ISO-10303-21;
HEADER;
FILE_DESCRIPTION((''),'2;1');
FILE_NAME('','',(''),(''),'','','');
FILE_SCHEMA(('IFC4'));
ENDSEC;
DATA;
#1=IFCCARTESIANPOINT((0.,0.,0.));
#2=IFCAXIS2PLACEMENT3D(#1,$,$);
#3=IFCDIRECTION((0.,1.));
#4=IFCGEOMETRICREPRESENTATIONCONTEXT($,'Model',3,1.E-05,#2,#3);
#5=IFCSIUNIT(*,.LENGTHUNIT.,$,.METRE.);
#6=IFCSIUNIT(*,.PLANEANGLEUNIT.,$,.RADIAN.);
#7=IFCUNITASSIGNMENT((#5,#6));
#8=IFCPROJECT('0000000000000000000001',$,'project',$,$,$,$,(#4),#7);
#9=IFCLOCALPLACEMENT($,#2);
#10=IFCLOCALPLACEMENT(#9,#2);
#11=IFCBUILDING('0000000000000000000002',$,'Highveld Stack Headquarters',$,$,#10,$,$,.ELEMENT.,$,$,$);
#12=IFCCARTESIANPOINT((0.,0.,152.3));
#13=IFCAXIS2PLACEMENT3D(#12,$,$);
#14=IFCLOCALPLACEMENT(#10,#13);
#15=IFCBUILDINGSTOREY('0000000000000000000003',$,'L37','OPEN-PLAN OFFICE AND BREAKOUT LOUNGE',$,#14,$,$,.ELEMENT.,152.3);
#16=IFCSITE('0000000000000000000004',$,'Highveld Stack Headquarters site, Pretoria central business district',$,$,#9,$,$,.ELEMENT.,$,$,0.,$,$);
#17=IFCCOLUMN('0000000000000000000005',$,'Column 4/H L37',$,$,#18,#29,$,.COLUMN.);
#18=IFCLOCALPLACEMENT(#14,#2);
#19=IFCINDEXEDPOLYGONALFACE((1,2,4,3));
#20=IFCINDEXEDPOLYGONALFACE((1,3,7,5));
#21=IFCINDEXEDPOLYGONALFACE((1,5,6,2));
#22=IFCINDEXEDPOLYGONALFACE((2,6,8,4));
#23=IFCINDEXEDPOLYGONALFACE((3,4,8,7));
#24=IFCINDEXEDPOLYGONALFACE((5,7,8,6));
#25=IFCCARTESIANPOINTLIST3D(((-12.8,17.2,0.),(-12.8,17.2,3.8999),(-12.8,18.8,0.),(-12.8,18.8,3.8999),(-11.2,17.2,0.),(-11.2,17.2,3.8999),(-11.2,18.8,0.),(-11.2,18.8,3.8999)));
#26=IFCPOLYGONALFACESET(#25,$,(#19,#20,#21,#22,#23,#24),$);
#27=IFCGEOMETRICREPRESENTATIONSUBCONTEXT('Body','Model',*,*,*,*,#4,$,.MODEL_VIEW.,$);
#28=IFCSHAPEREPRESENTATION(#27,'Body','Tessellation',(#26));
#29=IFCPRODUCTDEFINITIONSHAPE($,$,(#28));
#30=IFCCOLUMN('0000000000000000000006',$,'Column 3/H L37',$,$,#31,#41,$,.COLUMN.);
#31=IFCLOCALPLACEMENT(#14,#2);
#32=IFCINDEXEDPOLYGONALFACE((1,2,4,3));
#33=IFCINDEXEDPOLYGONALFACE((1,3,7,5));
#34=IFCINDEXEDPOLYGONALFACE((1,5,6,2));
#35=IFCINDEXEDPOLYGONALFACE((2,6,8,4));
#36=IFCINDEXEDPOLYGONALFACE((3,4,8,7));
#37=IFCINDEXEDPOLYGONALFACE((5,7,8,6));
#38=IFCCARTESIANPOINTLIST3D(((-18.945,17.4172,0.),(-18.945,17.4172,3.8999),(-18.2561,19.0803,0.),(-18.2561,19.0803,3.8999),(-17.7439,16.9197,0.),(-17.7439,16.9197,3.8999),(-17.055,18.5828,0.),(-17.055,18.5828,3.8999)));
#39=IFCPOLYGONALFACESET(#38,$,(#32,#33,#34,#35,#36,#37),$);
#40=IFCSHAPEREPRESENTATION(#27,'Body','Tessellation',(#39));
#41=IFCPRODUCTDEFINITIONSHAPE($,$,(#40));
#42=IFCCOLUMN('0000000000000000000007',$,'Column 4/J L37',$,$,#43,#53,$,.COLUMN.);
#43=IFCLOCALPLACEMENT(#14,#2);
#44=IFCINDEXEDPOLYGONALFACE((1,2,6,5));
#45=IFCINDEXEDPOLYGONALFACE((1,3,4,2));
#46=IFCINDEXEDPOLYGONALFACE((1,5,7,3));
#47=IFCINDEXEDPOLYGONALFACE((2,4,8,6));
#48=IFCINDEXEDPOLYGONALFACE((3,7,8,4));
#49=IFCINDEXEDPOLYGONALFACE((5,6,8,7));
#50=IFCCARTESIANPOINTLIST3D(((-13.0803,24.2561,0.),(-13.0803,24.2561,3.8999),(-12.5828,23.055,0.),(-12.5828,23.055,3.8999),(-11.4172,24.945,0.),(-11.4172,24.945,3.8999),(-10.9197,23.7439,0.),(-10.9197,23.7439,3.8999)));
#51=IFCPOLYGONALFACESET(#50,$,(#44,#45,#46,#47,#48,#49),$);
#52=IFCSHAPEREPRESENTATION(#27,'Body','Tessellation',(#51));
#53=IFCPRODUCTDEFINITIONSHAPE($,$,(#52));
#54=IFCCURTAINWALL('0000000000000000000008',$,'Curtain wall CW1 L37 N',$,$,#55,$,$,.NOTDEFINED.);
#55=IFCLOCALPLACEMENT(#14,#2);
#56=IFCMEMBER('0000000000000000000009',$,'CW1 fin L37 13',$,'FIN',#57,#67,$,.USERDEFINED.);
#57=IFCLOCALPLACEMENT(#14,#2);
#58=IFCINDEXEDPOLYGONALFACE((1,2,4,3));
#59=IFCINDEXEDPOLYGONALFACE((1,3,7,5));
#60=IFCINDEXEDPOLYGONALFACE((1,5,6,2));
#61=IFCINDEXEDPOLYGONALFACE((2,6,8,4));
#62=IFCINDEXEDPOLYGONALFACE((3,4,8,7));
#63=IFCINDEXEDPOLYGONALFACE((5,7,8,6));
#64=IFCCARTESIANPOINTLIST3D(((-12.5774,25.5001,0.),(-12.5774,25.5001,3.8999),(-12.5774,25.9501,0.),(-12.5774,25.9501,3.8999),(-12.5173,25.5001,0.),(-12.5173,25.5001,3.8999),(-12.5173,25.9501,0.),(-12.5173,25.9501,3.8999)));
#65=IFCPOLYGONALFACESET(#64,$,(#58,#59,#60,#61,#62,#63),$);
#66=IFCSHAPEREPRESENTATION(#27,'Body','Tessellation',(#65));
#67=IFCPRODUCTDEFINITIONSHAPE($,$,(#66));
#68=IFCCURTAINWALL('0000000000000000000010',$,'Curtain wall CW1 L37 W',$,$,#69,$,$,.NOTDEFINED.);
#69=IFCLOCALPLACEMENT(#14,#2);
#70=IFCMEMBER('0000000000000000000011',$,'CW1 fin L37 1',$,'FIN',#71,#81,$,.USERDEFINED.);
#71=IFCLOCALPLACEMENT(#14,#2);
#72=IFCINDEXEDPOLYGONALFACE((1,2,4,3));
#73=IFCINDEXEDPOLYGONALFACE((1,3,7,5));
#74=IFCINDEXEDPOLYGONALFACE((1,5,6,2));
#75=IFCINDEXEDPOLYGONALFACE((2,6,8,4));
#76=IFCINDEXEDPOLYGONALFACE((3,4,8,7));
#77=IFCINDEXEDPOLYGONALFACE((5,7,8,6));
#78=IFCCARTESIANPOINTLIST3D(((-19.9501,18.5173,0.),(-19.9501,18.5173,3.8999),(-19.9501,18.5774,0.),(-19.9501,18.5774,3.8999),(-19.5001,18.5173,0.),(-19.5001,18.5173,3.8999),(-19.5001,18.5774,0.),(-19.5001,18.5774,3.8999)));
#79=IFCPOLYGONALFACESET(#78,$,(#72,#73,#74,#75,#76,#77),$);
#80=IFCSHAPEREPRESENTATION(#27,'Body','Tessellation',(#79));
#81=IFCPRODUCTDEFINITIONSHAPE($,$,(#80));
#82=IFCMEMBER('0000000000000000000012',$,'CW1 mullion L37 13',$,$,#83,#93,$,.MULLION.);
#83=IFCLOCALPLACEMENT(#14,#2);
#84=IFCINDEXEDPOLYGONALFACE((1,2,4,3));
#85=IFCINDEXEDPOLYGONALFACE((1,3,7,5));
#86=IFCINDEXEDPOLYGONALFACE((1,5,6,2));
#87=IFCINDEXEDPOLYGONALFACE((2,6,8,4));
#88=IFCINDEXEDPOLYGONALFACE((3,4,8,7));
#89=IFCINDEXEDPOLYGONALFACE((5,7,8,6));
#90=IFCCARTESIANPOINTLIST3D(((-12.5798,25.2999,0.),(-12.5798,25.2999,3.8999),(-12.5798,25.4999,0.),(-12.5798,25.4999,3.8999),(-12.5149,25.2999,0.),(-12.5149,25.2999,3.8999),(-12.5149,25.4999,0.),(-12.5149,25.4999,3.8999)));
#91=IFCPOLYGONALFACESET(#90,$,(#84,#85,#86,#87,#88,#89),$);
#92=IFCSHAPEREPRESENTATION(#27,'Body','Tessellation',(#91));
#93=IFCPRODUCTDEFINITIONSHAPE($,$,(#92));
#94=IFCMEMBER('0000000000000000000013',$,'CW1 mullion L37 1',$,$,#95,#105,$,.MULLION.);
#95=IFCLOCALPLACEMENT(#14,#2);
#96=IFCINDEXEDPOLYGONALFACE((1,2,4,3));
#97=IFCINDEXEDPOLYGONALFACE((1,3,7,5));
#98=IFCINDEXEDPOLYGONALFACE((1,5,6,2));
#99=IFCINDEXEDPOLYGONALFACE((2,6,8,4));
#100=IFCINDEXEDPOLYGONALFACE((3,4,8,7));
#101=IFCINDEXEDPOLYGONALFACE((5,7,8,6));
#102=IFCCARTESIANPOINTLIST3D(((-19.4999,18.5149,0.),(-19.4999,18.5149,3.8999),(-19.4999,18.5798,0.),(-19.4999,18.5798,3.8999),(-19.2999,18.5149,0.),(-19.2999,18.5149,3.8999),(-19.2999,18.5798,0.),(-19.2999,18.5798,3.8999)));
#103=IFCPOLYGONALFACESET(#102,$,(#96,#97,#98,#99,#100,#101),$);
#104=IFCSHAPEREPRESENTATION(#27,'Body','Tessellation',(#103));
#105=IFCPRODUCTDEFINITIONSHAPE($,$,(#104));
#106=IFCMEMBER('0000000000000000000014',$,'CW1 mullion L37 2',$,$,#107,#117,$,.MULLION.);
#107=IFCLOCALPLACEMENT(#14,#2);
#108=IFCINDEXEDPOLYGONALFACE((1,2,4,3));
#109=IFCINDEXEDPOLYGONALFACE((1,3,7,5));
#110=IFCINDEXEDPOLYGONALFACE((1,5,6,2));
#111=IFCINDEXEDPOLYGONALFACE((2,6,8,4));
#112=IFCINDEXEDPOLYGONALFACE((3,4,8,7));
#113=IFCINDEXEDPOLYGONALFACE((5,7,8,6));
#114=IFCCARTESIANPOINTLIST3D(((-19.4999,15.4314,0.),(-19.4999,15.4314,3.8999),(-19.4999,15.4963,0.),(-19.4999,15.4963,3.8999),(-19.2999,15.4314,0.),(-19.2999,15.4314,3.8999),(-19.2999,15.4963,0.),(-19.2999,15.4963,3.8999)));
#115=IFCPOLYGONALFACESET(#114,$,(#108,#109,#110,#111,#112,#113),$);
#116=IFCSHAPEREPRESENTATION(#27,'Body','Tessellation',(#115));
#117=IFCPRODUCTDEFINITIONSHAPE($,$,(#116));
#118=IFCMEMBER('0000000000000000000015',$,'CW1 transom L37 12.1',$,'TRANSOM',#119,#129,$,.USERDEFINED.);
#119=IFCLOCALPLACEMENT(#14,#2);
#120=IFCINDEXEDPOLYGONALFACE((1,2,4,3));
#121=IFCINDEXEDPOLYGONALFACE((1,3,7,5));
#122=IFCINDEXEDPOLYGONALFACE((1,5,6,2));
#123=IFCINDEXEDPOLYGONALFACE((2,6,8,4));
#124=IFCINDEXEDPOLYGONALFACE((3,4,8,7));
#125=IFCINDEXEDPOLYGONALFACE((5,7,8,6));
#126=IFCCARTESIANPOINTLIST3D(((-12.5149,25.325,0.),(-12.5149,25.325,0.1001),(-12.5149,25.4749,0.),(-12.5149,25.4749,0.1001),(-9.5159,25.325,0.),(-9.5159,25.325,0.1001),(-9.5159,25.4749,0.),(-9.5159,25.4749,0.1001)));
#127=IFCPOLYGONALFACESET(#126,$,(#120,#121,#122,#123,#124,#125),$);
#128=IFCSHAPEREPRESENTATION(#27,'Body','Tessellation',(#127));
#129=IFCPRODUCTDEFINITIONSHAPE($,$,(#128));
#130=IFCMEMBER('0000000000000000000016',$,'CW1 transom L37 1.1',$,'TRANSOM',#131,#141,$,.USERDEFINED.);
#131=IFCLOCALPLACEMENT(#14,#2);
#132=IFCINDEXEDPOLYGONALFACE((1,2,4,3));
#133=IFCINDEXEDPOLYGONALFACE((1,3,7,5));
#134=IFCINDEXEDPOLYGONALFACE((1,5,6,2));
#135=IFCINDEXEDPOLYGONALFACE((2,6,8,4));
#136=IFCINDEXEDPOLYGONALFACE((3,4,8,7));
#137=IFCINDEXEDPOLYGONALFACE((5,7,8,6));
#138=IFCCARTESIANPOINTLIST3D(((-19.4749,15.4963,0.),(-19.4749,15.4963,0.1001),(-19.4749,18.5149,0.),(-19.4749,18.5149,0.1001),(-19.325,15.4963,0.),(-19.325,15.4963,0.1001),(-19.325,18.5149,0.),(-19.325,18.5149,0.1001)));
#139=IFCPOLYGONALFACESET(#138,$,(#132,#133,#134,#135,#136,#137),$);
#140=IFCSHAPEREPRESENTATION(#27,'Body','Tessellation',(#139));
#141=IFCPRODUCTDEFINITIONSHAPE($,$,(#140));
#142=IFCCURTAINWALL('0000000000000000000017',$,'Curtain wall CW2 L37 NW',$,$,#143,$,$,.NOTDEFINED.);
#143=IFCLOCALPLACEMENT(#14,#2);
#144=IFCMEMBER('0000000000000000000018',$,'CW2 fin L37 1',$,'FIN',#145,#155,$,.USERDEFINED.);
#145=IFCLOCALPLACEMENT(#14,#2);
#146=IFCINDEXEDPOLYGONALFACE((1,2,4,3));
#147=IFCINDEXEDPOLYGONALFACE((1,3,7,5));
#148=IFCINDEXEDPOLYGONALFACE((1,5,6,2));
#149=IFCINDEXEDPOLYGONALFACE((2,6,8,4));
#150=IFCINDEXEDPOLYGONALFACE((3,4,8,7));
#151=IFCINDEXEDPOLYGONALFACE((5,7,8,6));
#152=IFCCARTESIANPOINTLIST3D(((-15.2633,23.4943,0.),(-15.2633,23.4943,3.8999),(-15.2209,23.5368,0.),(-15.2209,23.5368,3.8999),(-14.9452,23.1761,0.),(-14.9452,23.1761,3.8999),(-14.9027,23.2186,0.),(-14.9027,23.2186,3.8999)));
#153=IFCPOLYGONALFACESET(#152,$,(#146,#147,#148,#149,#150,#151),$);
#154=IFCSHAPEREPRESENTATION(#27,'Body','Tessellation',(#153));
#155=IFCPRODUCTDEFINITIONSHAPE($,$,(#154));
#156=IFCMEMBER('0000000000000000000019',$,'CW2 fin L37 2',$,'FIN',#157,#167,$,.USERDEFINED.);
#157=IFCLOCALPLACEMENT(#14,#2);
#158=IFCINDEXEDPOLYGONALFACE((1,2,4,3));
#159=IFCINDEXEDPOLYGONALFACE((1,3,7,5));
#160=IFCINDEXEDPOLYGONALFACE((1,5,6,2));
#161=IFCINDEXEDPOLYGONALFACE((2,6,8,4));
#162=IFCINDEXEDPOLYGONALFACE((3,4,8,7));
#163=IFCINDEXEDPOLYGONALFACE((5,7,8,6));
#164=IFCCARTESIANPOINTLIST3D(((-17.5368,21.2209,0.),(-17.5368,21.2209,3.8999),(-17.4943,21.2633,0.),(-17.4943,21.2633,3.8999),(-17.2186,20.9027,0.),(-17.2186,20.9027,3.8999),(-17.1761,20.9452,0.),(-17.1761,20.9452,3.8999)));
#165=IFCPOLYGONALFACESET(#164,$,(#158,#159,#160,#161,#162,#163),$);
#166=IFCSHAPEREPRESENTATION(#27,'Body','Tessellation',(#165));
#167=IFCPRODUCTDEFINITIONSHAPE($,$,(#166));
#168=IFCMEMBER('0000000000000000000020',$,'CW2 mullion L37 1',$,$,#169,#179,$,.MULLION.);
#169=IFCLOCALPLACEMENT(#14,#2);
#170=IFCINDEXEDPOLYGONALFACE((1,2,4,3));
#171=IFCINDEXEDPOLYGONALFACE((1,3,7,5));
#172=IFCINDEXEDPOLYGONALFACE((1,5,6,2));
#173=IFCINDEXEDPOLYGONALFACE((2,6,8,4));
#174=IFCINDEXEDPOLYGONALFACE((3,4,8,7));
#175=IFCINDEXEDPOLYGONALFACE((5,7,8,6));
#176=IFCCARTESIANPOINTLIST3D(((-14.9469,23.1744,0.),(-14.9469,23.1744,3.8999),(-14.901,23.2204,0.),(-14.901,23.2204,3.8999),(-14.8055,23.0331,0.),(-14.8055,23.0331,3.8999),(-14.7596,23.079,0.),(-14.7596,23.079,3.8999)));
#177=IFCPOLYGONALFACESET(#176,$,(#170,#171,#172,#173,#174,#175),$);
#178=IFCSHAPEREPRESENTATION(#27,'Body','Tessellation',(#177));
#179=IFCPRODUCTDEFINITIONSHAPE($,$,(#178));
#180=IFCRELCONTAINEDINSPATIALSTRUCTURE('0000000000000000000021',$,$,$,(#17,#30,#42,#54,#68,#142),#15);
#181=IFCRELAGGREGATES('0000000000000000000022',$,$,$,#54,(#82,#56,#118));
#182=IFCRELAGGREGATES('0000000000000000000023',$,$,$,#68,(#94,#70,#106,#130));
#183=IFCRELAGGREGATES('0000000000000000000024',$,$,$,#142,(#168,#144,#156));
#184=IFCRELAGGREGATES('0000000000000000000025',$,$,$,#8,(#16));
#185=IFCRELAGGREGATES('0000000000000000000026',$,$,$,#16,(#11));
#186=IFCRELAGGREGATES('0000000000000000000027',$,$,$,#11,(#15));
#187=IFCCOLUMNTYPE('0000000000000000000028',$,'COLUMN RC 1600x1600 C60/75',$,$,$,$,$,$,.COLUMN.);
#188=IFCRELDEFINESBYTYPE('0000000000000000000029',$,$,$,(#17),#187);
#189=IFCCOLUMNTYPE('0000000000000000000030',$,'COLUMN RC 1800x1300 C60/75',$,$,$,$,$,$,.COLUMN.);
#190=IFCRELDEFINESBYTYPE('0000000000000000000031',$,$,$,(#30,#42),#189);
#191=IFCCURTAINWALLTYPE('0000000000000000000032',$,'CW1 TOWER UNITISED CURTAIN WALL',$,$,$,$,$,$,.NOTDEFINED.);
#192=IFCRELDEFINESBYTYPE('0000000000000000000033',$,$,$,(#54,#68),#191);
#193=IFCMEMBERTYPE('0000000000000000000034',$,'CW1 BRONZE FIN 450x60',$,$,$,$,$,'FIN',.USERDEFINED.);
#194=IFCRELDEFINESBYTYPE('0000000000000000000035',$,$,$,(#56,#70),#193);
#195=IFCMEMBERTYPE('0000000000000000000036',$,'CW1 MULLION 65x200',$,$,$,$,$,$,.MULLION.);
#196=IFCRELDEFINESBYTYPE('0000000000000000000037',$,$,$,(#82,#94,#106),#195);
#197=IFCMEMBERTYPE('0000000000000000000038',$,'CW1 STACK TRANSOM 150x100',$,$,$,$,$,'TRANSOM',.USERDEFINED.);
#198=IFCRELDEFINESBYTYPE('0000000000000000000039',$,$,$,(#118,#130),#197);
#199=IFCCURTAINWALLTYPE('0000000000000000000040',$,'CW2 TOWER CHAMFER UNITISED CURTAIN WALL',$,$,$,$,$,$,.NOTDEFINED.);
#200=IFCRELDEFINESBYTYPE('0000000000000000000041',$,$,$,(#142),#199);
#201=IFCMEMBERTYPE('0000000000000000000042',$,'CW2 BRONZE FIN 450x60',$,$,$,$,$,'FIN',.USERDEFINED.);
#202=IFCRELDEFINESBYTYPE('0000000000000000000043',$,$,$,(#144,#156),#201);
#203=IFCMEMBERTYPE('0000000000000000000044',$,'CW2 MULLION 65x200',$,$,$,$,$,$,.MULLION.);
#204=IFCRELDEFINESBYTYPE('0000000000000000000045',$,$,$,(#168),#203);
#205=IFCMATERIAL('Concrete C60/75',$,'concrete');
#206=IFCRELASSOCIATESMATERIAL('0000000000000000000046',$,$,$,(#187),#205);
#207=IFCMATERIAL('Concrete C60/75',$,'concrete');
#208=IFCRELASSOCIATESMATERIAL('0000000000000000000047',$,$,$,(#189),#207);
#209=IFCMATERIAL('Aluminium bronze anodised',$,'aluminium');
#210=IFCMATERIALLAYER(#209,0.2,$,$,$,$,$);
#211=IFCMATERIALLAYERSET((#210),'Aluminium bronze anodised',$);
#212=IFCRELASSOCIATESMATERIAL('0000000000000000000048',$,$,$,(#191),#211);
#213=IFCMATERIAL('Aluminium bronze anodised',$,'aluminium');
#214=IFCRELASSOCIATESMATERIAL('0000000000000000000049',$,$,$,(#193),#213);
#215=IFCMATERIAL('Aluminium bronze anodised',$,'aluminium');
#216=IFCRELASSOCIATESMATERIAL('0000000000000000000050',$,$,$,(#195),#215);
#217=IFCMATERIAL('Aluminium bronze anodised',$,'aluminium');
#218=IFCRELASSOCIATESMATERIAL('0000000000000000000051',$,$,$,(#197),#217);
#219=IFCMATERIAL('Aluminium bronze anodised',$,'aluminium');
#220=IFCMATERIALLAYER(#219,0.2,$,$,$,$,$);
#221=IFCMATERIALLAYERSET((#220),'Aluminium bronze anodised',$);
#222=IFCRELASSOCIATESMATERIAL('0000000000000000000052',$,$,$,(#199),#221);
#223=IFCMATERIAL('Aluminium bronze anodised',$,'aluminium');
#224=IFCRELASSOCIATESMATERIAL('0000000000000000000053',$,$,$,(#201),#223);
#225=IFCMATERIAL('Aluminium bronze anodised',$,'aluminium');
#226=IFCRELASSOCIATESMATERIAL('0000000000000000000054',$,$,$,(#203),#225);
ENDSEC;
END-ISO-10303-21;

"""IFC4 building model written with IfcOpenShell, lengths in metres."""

from ifc_helpers import new_model, si_unit, direction, frame, origin, origin_2d, place, context, subcontext, project, spatial, rectangle, extrude, material, layer, layer_set, material_profile, profile_set, type_object, element, aggregate, save


model = new_model("IFC4")

# Units and contexts
model_context = context("Model", 3, precision=1e-05, world=origin(), true_north=direction((0.0, 1.0)))
body_context = subcontext(model_context, "Body", "Model", "MODEL_VIEW")
ifc_project = project(units=[si_unit("LENGTHUNIT", "METRE"), si_unit("PLANEANGLEUNIT", "RADIAN")], contexts=[model_context])

# Site, building, storey
site_placement = place(None, origin())
site = spatial("IfcSite", under=ifc_project, at=site_placement, Name="Highveld Stack Headquarters site, Pretoria central business district", CompositionType="ELEMENT", RefElevation=0.0)
building_placement = place(site_placement, origin())
building = spatial("IfcBuilding", under=site, at=building_placement, Name="Highveld Stack Headquarters", CompositionType="ELEMENT")
storey_placement = place(building_placement, frame((0.0, 0.0, 152.3)))
storey = spatial("IfcBuildingStorey", under=building, at=storey_placement, Name="L37", Description="OPEN-PLAN OFFICE AND BREAKOUT LOUNGE", CompositionType="ELEMENT", Elevation=152.3)

# Columns
ifc_material_1 = material(Name="Concrete C60/75", Category="concrete")
ifc_material_profile_1 = material_profile(ifc_material_1, rectangle(XDim=1.6001, YDim=1.6001, at=origin_2d()), Name="RC 1600x1600")
ifc_profile_set_1 = profile_set([ifc_material_profile_1], Name="Concrete C60/75")
column_type_1 = type_object("IfcColumnType", Name="COLUMN RC 1600x1600 C60/75", PredefinedType="COLUMN", material=ifc_profile_set_1)
column_placement = place(storey_placement, frame((-12.0, 18.0, 0.0), z_axis=(0.0, 0.0, 1.0), x_axis=(1.0, 0.0, 0.0)))
element("IfcColumn", 1, at=column_placement, inside=storey, type_object=column_type_1, Name="Column 4/H L37", PredefinedType="COLUMN", context=body_context, shape_type="SweptSolid", body=[
    extrude(rectangle(XDim=1.6001, YDim=1.6001, at=origin_2d()), origin(), (0.0, 0.0, 1.0), 3.8999),
])
ifc_material_2 = material(Name="Concrete C60/75", Category="concrete")
ifc_material_profile_2 = material_profile(ifc_material_2, rectangle(XDim=1.8, YDim=1.3, at=origin_2d()), Name="RC 1800x1300")
ifc_profile_set_2 = profile_set([ifc_material_profile_2], Name="Concrete C60/75")
column_type_2 = type_object("IfcColumnType", Name="COLUMN RC 1800x1300 C60/75", PredefinedType="COLUMN", material=ifc_profile_set_2)
for number, where, z_axis, x_axis, name in (
    (2, (-18.0, 18.0, 0.0), (0.0, 0.0, 1.0), (0.382683, 0.92388, 0.0), "Column 3/H L37"),
    (3, (-12.0, 24.0, 0.0), (0.0, 0.0, 1.0), (0.92388, 0.382683, 0.0), "Column 4/J L37"),
):
    element("IfcColumn", number, at=place(storey_placement, frame(where, z_axis=z_axis, x_axis=x_axis)), inside=storey, type_object=column_type_2, Name=name, PredefinedType="COLUMN", context=body_context, shape_type="SweptSolid", body=[
        extrude(rectangle(XDim=1.8, YDim=1.3, at=origin_2d()), origin(), (0.0, 0.0, 1.0), 3.8999),
    ])

# Curtain walls, members
ifc_material_3 = material(Name="Aluminium bronze anodised", Category="aluminium")
ifc_layer_1 = layer(ifc_material_3, 0.2)
ifc_layer_set_1 = layer_set([ifc_layer_1], Name="Aluminium bronze anodised")
curtain_wall_type_1 = type_object("IfcCurtainWallType", Name="CW1 TOWER UNITISED CURTAIN WALL", PredefinedType="NOTDEFINED", material=ifc_layer_set_1)
curtain_wall_1_placement = place(storey_placement, origin())
curtain_wall_1 = element("IfcCurtainWall", 4, at=curtain_wall_1_placement, inside=storey, type_object=curtain_wall_type_1, Name="Curtain wall CW1 L37 N", PredefinedType="NOTDEFINED")
ifc_material_4 = material(Name="Aluminium bronze anodised", Category="aluminium")
ifc_material_profile_3 = material_profile(ifc_material_4, rectangle(XDim=0.45, YDim=0.0601, at=origin_2d()), Name="FIN 450x60")
ifc_profile_set_3 = profile_set([ifc_material_profile_3], Name="Aluminium bronze anodised")
member_type_1 = type_object("IfcMemberType", Name="CW1 BRONZE FIN 450x60", ElementType="FIN", PredefinedType="USERDEFINED", material=ifc_profile_set_3)
member_1_placement = place(storey_placement, frame((-12.5474, 25.7251, 0.0), z_axis=(0.0, 0.0, 1.0), x_axis=(0.0, -1.0, 0.0)))
member_1 = element("IfcMember", 5, at=member_1_placement, type_object=member_type_1, Name="CW1 fin L37 13", ObjectType="FIN", PredefinedType="USERDEFINED", context=body_context, shape_type="SweptSolid", body=[
    extrude(rectangle(XDim=0.45, YDim=0.0601, at=origin_2d()), origin(), (0.0, 0.0, 1.0), 3.8999),
])
curtain_wall_2_placement = place(storey_placement, origin())
curtain_wall_2 = element("IfcCurtainWall", 6, at=curtain_wall_2_placement, inside=storey, type_object=curtain_wall_type_1, Name="Curtain wall CW1 L37 W", PredefinedType="NOTDEFINED")
member_2_placement = place(storey_placement, frame((-19.7251, 18.5474, 0.0), z_axis=(0.0, 0.0, 1.0), x_axis=(1.0, 0.0, 0.0)))
member_2 = element("IfcMember", 7, at=member_2_placement, type_object=member_type_1, Name="CW1 fin L37 1", ObjectType="FIN", PredefinedType="USERDEFINED", context=body_context, shape_type="SweptSolid", body=[
    extrude(rectangle(XDim=0.45, YDim=0.0601, at=origin_2d()), origin(), (0.0, 0.0, 1.0), 3.8999),
])

# Members
ifc_material_5 = material(Name="Aluminium bronze anodised", Category="aluminium")
ifc_material_profile_4 = material_profile(ifc_material_5, rectangle(XDim=0.2, YDim=0.0649, at=origin_2d()), Name="CW1 MULLION 65x200")
ifc_profile_set_4 = profile_set([ifc_material_profile_4], Name="Aluminium bronze anodised")
member_type_2 = type_object("IfcMemberType", Name="CW1 MULLION 65x200", PredefinedType="MULLION", material=ifc_profile_set_4)
member_3_placement = place(storey_placement, frame((-12.5474, 25.3999, 0.0), z_axis=(0.0, 0.0, 1.0), x_axis=(0.0, -1.0, 0.0)))
member_3 = element("IfcMember", 8, at=member_3_placement, type_object=member_type_2, Name="CW1 mullion L37 13", PredefinedType="MULLION", context=body_context, shape_type="SweptSolid", body=[
    extrude(rectangle(XDim=0.2, YDim=0.0649, at=origin_2d()), origin(), (0.0, 0.0, 1.0), 3.8999),
])
member_4_placement = place(storey_placement, frame((-19.3999, 18.5474, 0.0), z_axis=(0.0, 0.0, 1.0), x_axis=(1.0, 0.0, 0.0)))
member_4 = element("IfcMember", 9, at=member_4_placement, type_object=member_type_2, Name="CW1 mullion L37 1", PredefinedType="MULLION", context=body_context, shape_type="SweptSolid", body=[
    extrude(rectangle(XDim=0.2, YDim=0.0649, at=origin_2d()), origin(), (0.0, 0.0, 1.0), 3.8999),
])
member_5_placement = place(storey_placement, frame((-19.3999, 15.4639, 0.0), z_axis=(0.0, 0.0, 1.0), x_axis=(1.0, 0.0, 0.0)))
member_5 = element("IfcMember", 10, at=member_5_placement, type_object=member_type_2, Name="CW1 mullion L37 2", PredefinedType="MULLION", context=body_context, shape_type="SweptSolid", body=[
    extrude(rectangle(XDim=0.2, YDim=0.0649, at=origin_2d()), origin(), (0.0, 0.0, 1.0), 3.8999),
])
ifc_material_6 = material(Name="Aluminium bronze anodised", Category="aluminium")
ifc_material_profile_5 = material_profile(ifc_material_6, rectangle(XDim=0.1499, YDim=0.1001, at=origin_2d()), Name="CW1 TRANSOM 150x100")
ifc_profile_set_5 = profile_set([ifc_material_profile_5], Name="Aluminium bronze anodised")
member_type_3 = type_object("IfcMemberType", Name="CW1 STACK TRANSOM 150x100", ElementType="TRANSOM", PredefinedType="USERDEFINED", material=ifc_profile_set_5)
member_6_placement = place(storey_placement, frame((-9.5159, 25.3999, 0.05), z_axis=(-1.0, 0.0, 0.0), x_axis=(0.0, -1.0, 0.0)))
member_6 = element("IfcMember", 11, at=member_6_placement, type_object=member_type_3, Name="CW1 transom L37 12.1", ObjectType="TRANSOM", PredefinedType="USERDEFINED", context=body_context, shape_type="SweptSolid", body=[
    extrude(rectangle(XDim=0.1499, YDim=0.1001, at=origin_2d()), origin(), (0.0, 0.0, 1.0), 2.999),
])
member_7_placement = place(storey_placement, frame((-19.3999, 18.5149, 0.05), z_axis=(0.0, -1.0, 0.0), x_axis=(1.0, 0.0, 0.0)))
member_7 = element("IfcMember", 12, at=member_7_placement, type_object=member_type_3, Name="CW1 transom L37 1.1", ObjectType="TRANSOM", PredefinedType="USERDEFINED", context=body_context, shape_type="SweptSolid", body=[
    extrude(rectangle(XDim=0.1499, YDim=0.1001, at=origin_2d()), origin(), (0.0, 0.0, 1.0), 3.0186),
])

# Curtain wall, members
ifc_material_7 = material(Name="Aluminium bronze anodised", Category="aluminium")
ifc_layer_2 = layer(ifc_material_7, 0.2)
ifc_layer_set_2 = layer_set([ifc_layer_2], Name="Aluminium bronze anodised")
curtain_wall_type_2 = type_object("IfcCurtainWallType", Name="CW2 TOWER CHAMFER UNITISED CURTAIN WALL", PredefinedType="NOTDEFINED", material=ifc_layer_set_2)
curtain_wall_3_placement = place(storey_placement, origin())
curtain_wall_3 = element("IfcCurtainWall", 13, at=curtain_wall_3_placement, inside=storey, type_object=curtain_wall_type_2, Name="Curtain wall CW2 L37 NW", PredefinedType="NOTDEFINED")
ifc_material_8 = material(Name="Aluminium bronze anodised", Category="aluminium")
ifc_material_profile_6 = material_profile(ifc_material_8, rectangle(XDim=0.45, YDim=0.0601, at=origin_2d()), Name="FIN 450x60")
ifc_profile_set_6 = profile_set([ifc_material_profile_6], Name="Aluminium bronze anodised")
member_type_4 = type_object("IfcMemberType", Name="CW2 BRONZE FIN 450x60", ElementType="FIN", PredefinedType="USERDEFINED", material=ifc_profile_set_6)
member_8_placement = place(storey_placement, frame((-15.083, 23.3564, 0.0), z_axis=(0.0, 0.0, 1.0), x_axis=(0.707107, -0.707107, 0.0)))
member_8 = element("IfcMember", 14, at=member_8_placement, type_object=member_type_4, Name="CW2 fin L37 1", ObjectType="FIN", PredefinedType="USERDEFINED", context=body_context, shape_type="SweptSolid", body=[
    extrude(rectangle(XDim=0.45, YDim=0.0601, at=origin_2d()), origin(), (0.0, 0.0, 1.0), 3.8999),
])
member_9_placement = place(storey_placement, frame((-17.3564, 21.083, 0.0), z_axis=(0.0, 0.0, 1.0), x_axis=(0.707107, -0.707107, 0.0)))
member_9 = element("IfcMember", 15, at=member_9_placement, type_object=member_type_4, Name="CW2 fin L37 2", ObjectType="FIN", PredefinedType="USERDEFINED", context=body_context, shape_type="SweptSolid", body=[
    extrude(rectangle(XDim=0.45, YDim=0.0601, at=origin_2d()), origin(), (0.0, 0.0, 1.0), 3.8999),
])
ifc_material_9 = material(Name="Aluminium bronze anodised", Category="aluminium")
ifc_material_profile_7 = material_profile(ifc_material_9, rectangle(XDim=0.2, YDim=0.0649, at=origin_2d()), Name="CW2 MULLION 65x200")
ifc_profile_set_7 = profile_set([ifc_material_profile_7], Name="Aluminium bronze anodised")
member_type_5 = type_object("IfcMemberType", Name="CW2 MULLION 65x200", PredefinedType="MULLION", material=ifc_profile_set_7)
member_10_placement = place(storey_placement, frame((-14.8533, 23.1267, 0.0), z_axis=(0.0, 0.0, 1.0), x_axis=(0.707107, -0.707107, 0.0)))
member_10 = element("IfcMember", 16, at=member_10_placement, type_object=member_type_5, Name="CW2 mullion L37 1", PredefinedType="MULLION", context=body_context, shape_type="SweptSolid", body=[
    extrude(rectangle(XDim=0.2, YDim=0.0649, at=origin_2d()), origin(), (0.0, 0.0, 1.0), 3.8999),
])

aggregate(curtain_wall_1, [member_3, member_1, member_6])
aggregate(curtain_wall_2, [member_4, member_2, member_5, member_7])
aggregate(curtain_wall_3, [member_10, member_8, member_9])

save(model, "model.ifc")
